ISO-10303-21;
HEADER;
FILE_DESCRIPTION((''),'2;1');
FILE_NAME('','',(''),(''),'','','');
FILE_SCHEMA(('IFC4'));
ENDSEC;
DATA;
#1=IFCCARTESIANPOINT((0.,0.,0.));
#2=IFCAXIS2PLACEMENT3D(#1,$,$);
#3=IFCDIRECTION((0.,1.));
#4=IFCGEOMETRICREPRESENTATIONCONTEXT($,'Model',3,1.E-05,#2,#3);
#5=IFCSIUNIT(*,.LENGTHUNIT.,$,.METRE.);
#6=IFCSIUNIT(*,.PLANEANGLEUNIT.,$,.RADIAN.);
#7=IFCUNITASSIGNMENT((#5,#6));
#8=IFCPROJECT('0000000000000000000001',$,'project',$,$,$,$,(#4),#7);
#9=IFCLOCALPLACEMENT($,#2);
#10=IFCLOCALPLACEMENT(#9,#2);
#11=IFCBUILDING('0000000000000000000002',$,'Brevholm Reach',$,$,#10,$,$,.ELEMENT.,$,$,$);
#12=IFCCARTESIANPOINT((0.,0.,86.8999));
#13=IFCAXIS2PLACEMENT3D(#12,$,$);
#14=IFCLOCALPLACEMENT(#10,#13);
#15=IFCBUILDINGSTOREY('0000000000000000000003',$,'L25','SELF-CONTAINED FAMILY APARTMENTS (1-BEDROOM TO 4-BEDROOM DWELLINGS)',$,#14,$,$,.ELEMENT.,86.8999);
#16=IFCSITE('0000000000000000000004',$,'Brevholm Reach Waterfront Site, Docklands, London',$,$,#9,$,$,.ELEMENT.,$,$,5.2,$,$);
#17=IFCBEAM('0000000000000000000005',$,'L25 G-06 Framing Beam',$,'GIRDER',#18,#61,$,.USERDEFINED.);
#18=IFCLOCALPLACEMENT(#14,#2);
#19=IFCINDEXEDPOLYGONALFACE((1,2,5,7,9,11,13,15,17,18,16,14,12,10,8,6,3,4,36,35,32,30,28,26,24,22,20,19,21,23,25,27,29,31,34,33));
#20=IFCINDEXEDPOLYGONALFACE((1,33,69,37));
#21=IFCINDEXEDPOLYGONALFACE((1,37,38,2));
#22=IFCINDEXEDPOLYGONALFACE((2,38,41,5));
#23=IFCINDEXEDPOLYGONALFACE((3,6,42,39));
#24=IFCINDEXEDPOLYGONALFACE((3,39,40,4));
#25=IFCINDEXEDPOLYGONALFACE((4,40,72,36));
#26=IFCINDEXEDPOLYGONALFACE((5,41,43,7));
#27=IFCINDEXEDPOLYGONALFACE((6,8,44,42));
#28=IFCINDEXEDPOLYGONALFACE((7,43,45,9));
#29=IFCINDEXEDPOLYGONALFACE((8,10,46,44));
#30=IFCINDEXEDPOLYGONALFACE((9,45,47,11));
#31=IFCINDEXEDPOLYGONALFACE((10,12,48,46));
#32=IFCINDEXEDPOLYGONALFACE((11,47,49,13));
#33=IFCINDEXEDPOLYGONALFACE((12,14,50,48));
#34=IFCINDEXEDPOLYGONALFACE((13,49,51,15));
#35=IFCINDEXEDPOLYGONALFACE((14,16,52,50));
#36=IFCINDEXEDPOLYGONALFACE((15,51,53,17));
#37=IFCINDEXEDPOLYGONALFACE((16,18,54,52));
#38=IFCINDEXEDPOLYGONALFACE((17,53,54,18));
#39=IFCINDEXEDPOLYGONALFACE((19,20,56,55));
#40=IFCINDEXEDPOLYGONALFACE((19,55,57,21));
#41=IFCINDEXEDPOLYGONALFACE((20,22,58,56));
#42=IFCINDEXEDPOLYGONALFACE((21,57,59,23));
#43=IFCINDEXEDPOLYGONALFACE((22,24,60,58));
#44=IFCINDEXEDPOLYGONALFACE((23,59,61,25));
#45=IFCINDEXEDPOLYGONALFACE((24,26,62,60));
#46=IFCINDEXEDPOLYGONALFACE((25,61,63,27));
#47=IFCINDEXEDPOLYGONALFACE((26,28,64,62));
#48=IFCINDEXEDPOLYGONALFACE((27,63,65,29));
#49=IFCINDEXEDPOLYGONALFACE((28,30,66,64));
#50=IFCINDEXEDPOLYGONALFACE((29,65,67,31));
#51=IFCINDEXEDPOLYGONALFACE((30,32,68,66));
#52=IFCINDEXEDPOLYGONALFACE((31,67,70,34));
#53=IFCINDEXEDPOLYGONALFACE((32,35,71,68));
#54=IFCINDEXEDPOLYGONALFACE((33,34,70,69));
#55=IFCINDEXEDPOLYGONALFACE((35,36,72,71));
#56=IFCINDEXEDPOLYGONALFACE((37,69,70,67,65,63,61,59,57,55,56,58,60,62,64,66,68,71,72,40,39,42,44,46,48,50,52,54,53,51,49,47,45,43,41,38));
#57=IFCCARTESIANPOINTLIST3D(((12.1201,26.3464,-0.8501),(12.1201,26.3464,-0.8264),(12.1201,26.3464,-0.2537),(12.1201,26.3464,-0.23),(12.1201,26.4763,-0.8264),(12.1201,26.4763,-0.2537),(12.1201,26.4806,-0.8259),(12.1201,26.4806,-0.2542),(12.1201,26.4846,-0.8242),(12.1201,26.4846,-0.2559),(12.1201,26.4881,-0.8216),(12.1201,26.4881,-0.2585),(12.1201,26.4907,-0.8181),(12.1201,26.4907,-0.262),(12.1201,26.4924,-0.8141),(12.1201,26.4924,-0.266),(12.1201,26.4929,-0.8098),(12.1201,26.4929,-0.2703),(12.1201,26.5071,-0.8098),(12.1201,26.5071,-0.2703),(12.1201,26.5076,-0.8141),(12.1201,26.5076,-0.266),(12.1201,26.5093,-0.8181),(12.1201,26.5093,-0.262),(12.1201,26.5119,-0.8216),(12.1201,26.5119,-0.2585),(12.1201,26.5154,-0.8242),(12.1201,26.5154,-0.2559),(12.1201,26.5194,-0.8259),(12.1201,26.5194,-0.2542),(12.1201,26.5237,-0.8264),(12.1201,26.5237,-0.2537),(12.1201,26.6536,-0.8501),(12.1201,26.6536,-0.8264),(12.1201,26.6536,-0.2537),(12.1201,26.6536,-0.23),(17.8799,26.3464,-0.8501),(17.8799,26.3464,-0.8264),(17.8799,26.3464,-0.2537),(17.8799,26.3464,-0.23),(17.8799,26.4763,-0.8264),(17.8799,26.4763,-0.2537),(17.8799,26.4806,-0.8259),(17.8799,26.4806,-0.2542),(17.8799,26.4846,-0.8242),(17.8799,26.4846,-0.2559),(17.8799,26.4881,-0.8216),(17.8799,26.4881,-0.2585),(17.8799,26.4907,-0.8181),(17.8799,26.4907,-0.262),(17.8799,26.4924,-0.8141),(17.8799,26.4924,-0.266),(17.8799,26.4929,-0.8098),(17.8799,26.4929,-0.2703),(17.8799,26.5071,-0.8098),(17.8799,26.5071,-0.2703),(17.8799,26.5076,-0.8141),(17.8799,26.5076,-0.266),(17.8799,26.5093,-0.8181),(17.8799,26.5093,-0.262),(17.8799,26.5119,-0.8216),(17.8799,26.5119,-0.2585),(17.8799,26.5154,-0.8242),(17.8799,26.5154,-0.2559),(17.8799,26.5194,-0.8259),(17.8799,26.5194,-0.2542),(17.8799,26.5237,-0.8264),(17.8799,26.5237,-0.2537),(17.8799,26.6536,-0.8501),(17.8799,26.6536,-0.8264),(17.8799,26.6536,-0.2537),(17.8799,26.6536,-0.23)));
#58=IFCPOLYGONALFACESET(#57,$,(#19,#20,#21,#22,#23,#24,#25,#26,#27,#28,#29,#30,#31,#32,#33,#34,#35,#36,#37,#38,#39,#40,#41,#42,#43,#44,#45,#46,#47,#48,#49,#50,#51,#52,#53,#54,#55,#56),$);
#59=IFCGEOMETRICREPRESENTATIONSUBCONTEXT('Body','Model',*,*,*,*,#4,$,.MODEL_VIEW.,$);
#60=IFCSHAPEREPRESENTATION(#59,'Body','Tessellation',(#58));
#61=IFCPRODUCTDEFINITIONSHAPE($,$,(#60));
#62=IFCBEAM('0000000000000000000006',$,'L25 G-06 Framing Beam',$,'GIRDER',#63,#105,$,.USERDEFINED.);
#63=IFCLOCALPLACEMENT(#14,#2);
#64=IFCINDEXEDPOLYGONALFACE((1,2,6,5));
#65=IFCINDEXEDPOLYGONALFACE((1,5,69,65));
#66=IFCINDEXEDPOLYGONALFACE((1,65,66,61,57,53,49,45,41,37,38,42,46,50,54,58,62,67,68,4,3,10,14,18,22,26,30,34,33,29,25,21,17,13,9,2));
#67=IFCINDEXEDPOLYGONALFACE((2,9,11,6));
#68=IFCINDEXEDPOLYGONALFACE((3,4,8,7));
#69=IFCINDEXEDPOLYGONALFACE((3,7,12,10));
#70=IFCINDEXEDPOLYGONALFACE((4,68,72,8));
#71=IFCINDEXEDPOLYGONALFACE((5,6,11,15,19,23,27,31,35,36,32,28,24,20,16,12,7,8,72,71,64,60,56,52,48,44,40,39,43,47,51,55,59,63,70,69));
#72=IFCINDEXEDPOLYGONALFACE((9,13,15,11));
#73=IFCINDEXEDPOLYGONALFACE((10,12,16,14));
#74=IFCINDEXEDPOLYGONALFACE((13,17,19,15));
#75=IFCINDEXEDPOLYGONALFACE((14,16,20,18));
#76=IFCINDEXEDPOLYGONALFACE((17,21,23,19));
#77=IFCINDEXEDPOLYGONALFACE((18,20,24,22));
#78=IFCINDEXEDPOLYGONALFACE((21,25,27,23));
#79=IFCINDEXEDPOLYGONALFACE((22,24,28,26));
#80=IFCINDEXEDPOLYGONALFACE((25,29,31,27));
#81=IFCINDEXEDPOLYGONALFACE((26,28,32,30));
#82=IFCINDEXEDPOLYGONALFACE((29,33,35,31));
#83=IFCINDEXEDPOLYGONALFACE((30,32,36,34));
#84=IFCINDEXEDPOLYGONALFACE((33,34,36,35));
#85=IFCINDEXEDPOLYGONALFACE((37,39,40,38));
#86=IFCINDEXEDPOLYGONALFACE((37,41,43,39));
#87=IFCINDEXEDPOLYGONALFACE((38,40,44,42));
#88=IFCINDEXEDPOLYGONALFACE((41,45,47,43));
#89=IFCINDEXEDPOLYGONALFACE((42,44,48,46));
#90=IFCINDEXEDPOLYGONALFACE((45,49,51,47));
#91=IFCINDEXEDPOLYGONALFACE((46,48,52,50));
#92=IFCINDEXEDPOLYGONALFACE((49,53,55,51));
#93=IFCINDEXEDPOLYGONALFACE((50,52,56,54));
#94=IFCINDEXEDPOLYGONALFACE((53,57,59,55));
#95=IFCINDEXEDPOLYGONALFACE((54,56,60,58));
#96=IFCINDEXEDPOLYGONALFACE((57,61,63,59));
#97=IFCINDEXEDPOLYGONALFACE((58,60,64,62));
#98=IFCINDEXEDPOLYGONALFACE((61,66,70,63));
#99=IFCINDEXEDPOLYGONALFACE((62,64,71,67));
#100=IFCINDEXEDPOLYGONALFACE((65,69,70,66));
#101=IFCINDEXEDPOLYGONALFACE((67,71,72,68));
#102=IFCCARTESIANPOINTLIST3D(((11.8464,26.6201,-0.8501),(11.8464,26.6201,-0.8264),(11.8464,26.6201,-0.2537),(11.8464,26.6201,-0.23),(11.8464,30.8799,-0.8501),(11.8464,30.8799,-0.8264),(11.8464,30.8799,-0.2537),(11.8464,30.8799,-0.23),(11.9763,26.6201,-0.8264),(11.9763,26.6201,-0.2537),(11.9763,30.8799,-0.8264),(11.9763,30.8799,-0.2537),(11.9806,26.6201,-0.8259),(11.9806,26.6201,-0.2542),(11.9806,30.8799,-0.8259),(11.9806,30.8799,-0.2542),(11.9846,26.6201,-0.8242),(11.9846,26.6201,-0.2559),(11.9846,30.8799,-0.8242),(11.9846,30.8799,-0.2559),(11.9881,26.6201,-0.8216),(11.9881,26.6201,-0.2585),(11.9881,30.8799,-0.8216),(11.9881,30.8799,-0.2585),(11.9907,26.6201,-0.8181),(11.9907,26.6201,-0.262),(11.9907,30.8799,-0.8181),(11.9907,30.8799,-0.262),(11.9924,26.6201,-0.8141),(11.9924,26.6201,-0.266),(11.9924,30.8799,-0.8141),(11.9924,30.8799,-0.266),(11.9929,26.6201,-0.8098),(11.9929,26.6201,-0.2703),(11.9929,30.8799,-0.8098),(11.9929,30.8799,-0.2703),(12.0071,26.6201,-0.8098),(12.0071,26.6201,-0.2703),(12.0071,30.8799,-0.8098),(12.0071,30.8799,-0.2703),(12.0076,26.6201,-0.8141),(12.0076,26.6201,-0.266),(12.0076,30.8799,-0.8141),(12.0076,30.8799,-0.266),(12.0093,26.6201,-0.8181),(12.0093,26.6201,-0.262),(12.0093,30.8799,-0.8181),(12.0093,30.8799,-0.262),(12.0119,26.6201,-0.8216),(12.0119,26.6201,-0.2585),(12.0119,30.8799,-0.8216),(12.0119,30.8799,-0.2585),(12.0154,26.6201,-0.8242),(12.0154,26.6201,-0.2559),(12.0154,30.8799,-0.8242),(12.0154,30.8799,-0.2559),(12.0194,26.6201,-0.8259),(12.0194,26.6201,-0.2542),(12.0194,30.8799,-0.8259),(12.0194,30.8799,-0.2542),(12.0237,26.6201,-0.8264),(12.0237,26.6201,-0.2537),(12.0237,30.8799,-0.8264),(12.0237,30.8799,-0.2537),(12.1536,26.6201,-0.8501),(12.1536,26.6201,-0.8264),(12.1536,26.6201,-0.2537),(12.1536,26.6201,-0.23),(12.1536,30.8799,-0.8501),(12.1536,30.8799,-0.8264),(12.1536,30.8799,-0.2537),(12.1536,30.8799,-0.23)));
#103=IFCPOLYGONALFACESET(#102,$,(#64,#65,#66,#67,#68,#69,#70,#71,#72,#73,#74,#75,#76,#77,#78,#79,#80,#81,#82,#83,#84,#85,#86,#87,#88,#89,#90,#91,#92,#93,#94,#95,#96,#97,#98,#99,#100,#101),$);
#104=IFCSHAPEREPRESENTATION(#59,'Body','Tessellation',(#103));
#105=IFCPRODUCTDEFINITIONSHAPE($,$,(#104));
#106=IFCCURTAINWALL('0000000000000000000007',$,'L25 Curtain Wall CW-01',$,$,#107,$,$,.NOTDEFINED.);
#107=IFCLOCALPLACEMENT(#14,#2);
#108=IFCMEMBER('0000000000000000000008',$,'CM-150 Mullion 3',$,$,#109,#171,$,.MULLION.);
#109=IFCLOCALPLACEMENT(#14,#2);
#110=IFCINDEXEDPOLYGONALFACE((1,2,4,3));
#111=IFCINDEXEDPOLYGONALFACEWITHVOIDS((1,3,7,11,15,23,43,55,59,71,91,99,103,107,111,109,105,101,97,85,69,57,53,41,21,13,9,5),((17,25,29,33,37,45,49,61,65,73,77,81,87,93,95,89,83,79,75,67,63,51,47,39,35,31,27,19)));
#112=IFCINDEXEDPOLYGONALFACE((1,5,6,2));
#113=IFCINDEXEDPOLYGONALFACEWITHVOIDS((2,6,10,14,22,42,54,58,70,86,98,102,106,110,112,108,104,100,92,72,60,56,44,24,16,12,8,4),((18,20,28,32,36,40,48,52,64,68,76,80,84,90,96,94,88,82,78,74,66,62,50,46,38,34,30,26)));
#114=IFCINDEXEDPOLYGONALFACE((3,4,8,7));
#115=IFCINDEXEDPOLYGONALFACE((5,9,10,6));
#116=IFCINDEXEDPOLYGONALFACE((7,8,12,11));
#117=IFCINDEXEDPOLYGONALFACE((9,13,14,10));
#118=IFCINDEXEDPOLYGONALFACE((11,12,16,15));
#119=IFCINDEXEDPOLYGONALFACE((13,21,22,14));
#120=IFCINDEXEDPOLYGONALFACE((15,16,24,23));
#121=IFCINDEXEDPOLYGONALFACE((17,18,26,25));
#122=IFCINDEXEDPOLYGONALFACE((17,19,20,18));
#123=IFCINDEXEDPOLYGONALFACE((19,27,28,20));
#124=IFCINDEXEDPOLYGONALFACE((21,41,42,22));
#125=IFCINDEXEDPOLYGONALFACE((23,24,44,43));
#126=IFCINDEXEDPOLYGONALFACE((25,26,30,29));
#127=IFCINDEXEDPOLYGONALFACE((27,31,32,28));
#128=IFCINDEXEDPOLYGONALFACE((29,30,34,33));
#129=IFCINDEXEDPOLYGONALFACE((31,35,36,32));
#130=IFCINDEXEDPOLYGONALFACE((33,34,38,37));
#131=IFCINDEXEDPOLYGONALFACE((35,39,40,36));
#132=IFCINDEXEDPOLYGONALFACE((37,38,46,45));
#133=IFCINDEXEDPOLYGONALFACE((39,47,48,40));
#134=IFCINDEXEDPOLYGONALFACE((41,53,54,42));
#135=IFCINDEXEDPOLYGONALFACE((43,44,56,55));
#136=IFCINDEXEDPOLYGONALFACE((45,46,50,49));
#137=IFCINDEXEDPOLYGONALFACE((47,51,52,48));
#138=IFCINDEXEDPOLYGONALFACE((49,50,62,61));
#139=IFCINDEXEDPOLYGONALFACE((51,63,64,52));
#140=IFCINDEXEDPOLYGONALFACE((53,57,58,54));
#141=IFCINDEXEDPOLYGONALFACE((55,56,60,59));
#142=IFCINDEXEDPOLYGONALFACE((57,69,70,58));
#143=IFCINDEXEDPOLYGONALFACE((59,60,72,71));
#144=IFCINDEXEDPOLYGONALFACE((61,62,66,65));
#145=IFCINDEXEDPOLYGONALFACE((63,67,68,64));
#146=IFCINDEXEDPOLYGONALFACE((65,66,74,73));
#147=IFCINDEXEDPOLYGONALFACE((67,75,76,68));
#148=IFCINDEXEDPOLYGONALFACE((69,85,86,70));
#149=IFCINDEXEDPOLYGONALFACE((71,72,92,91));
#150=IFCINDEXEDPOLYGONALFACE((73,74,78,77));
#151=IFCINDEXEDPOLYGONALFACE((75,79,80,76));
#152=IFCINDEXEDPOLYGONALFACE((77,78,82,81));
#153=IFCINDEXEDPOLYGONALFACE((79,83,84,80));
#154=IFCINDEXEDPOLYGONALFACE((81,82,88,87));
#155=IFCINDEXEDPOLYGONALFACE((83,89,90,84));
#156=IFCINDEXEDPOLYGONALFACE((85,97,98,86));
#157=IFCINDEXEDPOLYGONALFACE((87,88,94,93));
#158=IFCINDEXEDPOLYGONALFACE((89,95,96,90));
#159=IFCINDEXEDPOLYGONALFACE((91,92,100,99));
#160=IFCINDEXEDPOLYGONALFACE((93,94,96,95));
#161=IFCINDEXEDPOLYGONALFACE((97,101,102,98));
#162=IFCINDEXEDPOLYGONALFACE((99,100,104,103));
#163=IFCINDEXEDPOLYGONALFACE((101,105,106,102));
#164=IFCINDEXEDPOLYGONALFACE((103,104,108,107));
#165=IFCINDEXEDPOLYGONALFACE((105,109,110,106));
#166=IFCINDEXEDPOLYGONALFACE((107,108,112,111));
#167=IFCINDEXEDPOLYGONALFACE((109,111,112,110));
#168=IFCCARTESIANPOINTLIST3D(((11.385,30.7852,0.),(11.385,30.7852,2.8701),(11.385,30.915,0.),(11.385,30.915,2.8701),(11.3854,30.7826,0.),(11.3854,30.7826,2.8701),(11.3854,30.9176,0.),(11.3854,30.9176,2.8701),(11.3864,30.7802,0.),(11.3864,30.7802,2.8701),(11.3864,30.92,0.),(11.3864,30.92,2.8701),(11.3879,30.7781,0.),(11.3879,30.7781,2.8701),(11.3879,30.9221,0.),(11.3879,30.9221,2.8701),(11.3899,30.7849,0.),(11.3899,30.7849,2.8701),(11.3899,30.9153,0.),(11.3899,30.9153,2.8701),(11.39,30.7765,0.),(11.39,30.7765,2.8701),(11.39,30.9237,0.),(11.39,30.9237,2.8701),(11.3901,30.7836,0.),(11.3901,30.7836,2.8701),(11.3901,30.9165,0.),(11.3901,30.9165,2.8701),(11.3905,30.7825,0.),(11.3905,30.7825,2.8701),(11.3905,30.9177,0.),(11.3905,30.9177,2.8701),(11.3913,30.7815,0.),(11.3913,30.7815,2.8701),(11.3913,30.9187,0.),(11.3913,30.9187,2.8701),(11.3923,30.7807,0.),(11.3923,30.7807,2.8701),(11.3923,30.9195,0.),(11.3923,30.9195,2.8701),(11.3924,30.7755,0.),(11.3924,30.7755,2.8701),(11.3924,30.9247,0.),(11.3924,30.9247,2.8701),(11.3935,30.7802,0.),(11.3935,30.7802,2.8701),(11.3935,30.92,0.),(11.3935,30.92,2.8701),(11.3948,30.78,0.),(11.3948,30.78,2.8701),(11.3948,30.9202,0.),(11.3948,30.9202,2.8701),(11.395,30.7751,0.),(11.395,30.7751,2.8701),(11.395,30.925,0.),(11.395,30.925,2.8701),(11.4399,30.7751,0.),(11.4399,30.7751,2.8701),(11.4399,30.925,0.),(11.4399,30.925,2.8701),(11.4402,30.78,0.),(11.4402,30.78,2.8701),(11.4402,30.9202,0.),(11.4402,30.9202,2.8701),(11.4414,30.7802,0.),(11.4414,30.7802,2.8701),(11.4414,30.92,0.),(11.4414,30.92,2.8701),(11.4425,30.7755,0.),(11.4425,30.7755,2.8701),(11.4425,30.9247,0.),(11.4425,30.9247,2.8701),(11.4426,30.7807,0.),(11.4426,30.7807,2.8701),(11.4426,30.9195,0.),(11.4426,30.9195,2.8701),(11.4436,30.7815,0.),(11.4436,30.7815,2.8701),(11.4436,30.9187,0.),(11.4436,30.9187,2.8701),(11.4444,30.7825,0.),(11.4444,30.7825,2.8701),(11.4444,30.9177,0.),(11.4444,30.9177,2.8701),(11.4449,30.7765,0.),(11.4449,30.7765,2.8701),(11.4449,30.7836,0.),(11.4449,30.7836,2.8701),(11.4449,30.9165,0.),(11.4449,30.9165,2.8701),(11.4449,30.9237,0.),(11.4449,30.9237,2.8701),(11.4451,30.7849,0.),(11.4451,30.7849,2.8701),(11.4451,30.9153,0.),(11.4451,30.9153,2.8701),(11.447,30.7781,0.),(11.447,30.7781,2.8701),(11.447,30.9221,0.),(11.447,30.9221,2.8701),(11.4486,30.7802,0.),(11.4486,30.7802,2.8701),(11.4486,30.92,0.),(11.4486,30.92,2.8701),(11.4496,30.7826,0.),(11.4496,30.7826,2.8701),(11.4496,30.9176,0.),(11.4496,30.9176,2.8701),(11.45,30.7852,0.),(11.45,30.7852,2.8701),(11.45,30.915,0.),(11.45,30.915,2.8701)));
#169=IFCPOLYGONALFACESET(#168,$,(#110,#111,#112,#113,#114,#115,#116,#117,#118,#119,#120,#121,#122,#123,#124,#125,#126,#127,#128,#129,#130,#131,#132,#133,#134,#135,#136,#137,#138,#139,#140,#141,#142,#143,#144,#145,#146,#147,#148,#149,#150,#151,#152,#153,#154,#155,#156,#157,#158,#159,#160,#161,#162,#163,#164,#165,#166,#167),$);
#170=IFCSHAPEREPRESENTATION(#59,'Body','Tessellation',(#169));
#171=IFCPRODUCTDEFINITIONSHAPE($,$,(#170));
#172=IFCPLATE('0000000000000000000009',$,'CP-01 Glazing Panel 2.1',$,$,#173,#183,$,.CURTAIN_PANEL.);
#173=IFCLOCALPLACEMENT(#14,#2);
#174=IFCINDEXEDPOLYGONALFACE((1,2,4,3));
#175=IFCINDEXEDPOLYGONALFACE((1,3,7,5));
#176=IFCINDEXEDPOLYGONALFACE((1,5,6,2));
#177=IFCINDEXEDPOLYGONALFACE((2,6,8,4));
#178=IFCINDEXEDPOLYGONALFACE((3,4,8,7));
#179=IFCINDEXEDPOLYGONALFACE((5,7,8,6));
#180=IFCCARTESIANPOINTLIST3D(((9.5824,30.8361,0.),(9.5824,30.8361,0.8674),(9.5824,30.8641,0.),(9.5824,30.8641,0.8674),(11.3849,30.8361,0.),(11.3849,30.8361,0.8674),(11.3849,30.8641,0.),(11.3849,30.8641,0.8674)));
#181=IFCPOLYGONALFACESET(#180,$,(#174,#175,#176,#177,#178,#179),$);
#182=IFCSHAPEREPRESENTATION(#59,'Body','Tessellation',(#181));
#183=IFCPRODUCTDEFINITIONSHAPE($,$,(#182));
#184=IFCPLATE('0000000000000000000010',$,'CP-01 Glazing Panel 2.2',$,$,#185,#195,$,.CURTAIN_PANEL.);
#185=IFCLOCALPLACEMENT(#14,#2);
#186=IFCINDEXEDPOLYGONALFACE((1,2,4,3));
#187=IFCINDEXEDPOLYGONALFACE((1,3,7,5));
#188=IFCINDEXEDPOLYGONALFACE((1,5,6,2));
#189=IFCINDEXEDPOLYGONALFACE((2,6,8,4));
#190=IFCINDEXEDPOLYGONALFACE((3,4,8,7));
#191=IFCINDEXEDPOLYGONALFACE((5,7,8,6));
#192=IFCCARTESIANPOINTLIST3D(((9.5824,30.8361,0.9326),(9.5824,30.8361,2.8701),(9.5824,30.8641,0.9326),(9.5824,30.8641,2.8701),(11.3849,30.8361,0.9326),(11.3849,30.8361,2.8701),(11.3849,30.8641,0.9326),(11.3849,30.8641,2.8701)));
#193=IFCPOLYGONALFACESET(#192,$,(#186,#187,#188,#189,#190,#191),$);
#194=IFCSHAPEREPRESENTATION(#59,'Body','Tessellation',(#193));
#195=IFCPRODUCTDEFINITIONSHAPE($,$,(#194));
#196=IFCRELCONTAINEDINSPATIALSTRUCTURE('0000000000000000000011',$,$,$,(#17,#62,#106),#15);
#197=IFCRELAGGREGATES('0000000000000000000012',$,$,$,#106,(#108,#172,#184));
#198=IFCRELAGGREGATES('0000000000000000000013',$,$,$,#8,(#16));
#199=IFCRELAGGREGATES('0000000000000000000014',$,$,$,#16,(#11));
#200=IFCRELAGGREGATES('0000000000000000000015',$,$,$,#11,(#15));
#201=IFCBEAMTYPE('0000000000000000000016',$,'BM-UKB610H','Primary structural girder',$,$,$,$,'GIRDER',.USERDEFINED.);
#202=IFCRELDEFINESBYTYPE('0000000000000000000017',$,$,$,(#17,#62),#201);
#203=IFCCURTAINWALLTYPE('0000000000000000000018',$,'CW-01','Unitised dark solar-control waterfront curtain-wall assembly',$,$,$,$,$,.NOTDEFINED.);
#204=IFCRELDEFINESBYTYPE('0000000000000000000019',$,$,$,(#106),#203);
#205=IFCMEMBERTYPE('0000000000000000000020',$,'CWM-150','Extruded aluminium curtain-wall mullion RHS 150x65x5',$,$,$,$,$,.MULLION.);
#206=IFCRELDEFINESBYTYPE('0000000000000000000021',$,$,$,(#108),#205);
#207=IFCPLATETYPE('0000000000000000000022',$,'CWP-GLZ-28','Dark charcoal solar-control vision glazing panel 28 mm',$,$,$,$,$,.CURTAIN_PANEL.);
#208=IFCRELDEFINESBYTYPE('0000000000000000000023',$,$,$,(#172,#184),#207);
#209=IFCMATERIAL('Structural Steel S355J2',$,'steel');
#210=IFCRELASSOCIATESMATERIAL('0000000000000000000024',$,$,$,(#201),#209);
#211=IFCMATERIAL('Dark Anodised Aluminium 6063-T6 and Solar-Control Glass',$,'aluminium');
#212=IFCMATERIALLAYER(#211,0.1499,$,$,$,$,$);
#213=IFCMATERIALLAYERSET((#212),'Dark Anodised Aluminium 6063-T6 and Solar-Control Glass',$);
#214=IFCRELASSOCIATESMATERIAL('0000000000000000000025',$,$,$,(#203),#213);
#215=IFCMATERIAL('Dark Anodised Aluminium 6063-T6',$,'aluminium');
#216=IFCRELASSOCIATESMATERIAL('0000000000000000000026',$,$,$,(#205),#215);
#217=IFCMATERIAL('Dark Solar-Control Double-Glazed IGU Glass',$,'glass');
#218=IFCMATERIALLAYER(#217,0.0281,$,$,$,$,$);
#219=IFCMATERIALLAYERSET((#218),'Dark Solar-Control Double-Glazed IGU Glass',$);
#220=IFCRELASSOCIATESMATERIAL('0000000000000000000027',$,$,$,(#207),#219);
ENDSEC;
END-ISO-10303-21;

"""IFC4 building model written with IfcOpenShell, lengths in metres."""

from ifc_helpers import new_model, si_unit, direction, frame, origin, origin_2d, place, context, subcontext, project, spatial, rectangle, hollow_rectangle, i_section, extrude, material, layer, layer_set, material_profile, profile_set, type_object, element, aggregate, save


model = new_model("IFC4")

# Units and contexts
model_context = context("Model", 3, precision=1e-05, world=origin(), true_north=direction((0.0, 1.0)))
body_context = subcontext(model_context, "Body", "Model", "MODEL_VIEW")
ifc_project = project(units=[si_unit("LENGTHUNIT", "METRE"), si_unit("PLANEANGLEUNIT", "RADIAN")], contexts=[model_context])

# Site, building, storey
site_placement = place(None, origin())
site = spatial("IfcSite", under=ifc_project, at=site_placement, Name="Brevholm Reach Waterfront Site, Docklands, London", CompositionType="ELEMENT", RefElevation=5.2)
building_placement = place(site_placement, origin())
building = spatial("IfcBuilding", under=site, at=building_placement, Name="Brevholm Reach", CompositionType="ELEMENT")
storey_placement = place(building_placement, frame((0.0, 0.0, 86.8999)))
storey = spatial("IfcBuildingStorey", under=building, at=storey_placement, Name="L25", Description="SELF-CONTAINED FAMILY APARTMENTS (1-BEDROOM TO 4-BEDROOM DWELLINGS)", CompositionType="ELEMENT", Elevation=86.8999)

# Beams
ifc_material_1 = material(Name="Structural Steel S355J2", Category="steel")
ifc_material_profile_1 = material_profile(ifc_material_1, i_section(OverallWidth=0.3071, OverallDepth=0.6201, WebThickness=0.0142, FlangeThickness=0.0237, FilletRadius=0.0166, at=origin_2d()), Name="UKB 610x305x179")
ifc_profile_set_1 = profile_set([ifc_material_profile_1], Name="Structural Steel S355J2")
beam_type_1 = type_object("IfcBeamType", Name="BM-UKB610H", Description="Primary structural girder", ElementType="GIRDER", PredefinedType="USERDEFINED", material=ifc_profile_set_1)
beam_1_placement = place(storey_placement, frame((12.1201, 26.5, -0.54), z_axis=(1.0, 0.0, 0.0), x_axis=(0.0, 1.0, 0.0)))
element("IfcBeam", 1, at=beam_1_placement, inside=storey, type_object=beam_type_1, Name="L25 G-06 Framing Beam", ObjectType="GIRDER", PredefinedType="USERDEFINED", context=body_context, shape_type="SweptSolid", body=[
    extrude(i_section(OverallWidth=0.3071, OverallDepth=0.6201, WebThickness=0.0142, FlangeThickness=0.0237, FilletRadius=0.0166, at=origin_2d()), origin(), (0.0, 0.0, 1.0), 5.7598),
])
beam_2_placement = place(storey_placement, frame((12.0, 26.6201, -0.54), z_axis=(0.0, 1.0, 0.0), x_axis=(-1.0, 0.0, 0.0)))
element("IfcBeam", 2, at=beam_2_placement, inside=storey, type_object=beam_type_1, Name="L25 G-06 Framing Beam", ObjectType="GIRDER", PredefinedType="USERDEFINED", context=body_context, shape_type="SweptSolid", body=[
    extrude(i_section(OverallWidth=0.3071, OverallDepth=0.6201, WebThickness=0.0142, FlangeThickness=0.0237, FilletRadius=0.0166, at=origin_2d()), origin(), (0.0, 0.0, 1.0), 4.2598),
])

# Curtain wall, member, plates
ifc_material_2 = material(Name="Dark Anodised Aluminium 6063-T6 and Solar-Control Glass", Category="aluminium")
ifc_layer_1 = layer(ifc_material_2, 0.1499)
ifc_layer_set_1 = layer_set([ifc_layer_1], Name="Dark Anodised Aluminium 6063-T6 and Solar-Control Glass")
curtain_wall_type = type_object("IfcCurtainWallType", Name="CW-01", Description="Unitised dark solar-control waterfront curtain-wall assembly", PredefinedType="NOTDEFINED", material=ifc_layer_set_1)
curtain_wall_placement = place(storey_placement, origin())
curtain_wall = element("IfcCurtainWall", 3, at=curtain_wall_placement, inside=storey, type_object=curtain_wall_type, Name="L25 Curtain Wall CW-01", PredefinedType="NOTDEFINED")
ifc_material_3 = material(Name="Dark Anodised Aluminium 6063-T6", Category="aluminium")
ifc_material_profile_2 = material_profile(ifc_material_3, hollow_rectangle(XDim=0.0649, YDim=0.1499, WallThickness=0.0049, InnerFilletRadius=0.0049, OuterFilletRadius=0.01, at=origin_2d()), Name="RHS 150x65x5")
ifc_profile_set_2 = profile_set([ifc_material_profile_2], Name="Dark Anodised Aluminium 6063-T6")
member_type = type_object("IfcMemberType", Name="CWM-150", Description="Extruded aluminium curtain-wall mullion RHS 150x65x5", PredefinedType="MULLION", material=ifc_profile_set_2)
member_placement = place(storey_placement, frame((11.4175, 30.8501, 0.0), z_axis=(0.0, 0.0, 1.0), x_axis=(1.0, 0.0, 0.0)))
member = element("IfcMember", 4, at=member_placement, type_object=member_type, Name="CM-150 Mullion 3", PredefinedType="MULLION", context=body_context, shape_type="SweptSolid", body=[
    extrude(hollow_rectangle(XDim=0.0649, YDim=0.1499, WallThickness=0.0049, InnerFilletRadius=0.0049, OuterFilletRadius=0.01, at=origin_2d()), origin(), (0.0, 0.0, 1.0), 2.8701),
])
ifc_material_4 = material(Name="Dark Solar-Control Double-Glazed IGU Glass", Category="glass")
ifc_layer_2 = layer(ifc_material_4, 0.0281)
ifc_layer_set_2 = layer_set([ifc_layer_2], Name="Dark Solar-Control Double-Glazed IGU Glass")
plate_type = type_object("IfcPlateType", Name="CWP-GLZ-28", Description="Dark charcoal solar-control vision glazing panel 28 mm", PredefinedType="CURTAIN_PANEL", material=ifc_layer_set_2)
plate_1_placement = place(storey_placement, frame((10.4836, 30.8501, 0.0), z_axis=(0.0, 0.0, 1.0), x_axis=(1.0, 0.0, 0.0)))
plate_1 = element("IfcPlate", 5, at=plate_1_placement, type_object=plate_type, Name="CP-01 Glazing Panel 2.1", PredefinedType="CURTAIN_PANEL", context=body_context, shape_type="SweptSolid", body=[
    extrude(rectangle(XDim=1.8025, YDim=0.0281, at=origin_2d()), origin(), (0.0, 0.0, 1.0), 0.8674),
])
plate_2_placement = place(storey_placement, frame((10.4836, 30.8501, 0.9326), z_axis=(0.0, 0.0, 1.0), x_axis=(1.0, 0.0, 0.0)))
plate_2 = element("IfcPlate", 6, at=plate_2_placement, type_object=plate_type, Name="CP-01 Glazing Panel 2.2", PredefinedType="CURTAIN_PANEL", context=body_context, shape_type="SweptSolid", body=[
    extrude(rectangle(XDim=1.8025, YDim=0.0281, at=origin_2d()), origin(), (0.0, 0.0, 1.0), 1.9375),
])
aggregate(curtain_wall, [member, plate_1, plate_2])

save(model, "model.ifc")
